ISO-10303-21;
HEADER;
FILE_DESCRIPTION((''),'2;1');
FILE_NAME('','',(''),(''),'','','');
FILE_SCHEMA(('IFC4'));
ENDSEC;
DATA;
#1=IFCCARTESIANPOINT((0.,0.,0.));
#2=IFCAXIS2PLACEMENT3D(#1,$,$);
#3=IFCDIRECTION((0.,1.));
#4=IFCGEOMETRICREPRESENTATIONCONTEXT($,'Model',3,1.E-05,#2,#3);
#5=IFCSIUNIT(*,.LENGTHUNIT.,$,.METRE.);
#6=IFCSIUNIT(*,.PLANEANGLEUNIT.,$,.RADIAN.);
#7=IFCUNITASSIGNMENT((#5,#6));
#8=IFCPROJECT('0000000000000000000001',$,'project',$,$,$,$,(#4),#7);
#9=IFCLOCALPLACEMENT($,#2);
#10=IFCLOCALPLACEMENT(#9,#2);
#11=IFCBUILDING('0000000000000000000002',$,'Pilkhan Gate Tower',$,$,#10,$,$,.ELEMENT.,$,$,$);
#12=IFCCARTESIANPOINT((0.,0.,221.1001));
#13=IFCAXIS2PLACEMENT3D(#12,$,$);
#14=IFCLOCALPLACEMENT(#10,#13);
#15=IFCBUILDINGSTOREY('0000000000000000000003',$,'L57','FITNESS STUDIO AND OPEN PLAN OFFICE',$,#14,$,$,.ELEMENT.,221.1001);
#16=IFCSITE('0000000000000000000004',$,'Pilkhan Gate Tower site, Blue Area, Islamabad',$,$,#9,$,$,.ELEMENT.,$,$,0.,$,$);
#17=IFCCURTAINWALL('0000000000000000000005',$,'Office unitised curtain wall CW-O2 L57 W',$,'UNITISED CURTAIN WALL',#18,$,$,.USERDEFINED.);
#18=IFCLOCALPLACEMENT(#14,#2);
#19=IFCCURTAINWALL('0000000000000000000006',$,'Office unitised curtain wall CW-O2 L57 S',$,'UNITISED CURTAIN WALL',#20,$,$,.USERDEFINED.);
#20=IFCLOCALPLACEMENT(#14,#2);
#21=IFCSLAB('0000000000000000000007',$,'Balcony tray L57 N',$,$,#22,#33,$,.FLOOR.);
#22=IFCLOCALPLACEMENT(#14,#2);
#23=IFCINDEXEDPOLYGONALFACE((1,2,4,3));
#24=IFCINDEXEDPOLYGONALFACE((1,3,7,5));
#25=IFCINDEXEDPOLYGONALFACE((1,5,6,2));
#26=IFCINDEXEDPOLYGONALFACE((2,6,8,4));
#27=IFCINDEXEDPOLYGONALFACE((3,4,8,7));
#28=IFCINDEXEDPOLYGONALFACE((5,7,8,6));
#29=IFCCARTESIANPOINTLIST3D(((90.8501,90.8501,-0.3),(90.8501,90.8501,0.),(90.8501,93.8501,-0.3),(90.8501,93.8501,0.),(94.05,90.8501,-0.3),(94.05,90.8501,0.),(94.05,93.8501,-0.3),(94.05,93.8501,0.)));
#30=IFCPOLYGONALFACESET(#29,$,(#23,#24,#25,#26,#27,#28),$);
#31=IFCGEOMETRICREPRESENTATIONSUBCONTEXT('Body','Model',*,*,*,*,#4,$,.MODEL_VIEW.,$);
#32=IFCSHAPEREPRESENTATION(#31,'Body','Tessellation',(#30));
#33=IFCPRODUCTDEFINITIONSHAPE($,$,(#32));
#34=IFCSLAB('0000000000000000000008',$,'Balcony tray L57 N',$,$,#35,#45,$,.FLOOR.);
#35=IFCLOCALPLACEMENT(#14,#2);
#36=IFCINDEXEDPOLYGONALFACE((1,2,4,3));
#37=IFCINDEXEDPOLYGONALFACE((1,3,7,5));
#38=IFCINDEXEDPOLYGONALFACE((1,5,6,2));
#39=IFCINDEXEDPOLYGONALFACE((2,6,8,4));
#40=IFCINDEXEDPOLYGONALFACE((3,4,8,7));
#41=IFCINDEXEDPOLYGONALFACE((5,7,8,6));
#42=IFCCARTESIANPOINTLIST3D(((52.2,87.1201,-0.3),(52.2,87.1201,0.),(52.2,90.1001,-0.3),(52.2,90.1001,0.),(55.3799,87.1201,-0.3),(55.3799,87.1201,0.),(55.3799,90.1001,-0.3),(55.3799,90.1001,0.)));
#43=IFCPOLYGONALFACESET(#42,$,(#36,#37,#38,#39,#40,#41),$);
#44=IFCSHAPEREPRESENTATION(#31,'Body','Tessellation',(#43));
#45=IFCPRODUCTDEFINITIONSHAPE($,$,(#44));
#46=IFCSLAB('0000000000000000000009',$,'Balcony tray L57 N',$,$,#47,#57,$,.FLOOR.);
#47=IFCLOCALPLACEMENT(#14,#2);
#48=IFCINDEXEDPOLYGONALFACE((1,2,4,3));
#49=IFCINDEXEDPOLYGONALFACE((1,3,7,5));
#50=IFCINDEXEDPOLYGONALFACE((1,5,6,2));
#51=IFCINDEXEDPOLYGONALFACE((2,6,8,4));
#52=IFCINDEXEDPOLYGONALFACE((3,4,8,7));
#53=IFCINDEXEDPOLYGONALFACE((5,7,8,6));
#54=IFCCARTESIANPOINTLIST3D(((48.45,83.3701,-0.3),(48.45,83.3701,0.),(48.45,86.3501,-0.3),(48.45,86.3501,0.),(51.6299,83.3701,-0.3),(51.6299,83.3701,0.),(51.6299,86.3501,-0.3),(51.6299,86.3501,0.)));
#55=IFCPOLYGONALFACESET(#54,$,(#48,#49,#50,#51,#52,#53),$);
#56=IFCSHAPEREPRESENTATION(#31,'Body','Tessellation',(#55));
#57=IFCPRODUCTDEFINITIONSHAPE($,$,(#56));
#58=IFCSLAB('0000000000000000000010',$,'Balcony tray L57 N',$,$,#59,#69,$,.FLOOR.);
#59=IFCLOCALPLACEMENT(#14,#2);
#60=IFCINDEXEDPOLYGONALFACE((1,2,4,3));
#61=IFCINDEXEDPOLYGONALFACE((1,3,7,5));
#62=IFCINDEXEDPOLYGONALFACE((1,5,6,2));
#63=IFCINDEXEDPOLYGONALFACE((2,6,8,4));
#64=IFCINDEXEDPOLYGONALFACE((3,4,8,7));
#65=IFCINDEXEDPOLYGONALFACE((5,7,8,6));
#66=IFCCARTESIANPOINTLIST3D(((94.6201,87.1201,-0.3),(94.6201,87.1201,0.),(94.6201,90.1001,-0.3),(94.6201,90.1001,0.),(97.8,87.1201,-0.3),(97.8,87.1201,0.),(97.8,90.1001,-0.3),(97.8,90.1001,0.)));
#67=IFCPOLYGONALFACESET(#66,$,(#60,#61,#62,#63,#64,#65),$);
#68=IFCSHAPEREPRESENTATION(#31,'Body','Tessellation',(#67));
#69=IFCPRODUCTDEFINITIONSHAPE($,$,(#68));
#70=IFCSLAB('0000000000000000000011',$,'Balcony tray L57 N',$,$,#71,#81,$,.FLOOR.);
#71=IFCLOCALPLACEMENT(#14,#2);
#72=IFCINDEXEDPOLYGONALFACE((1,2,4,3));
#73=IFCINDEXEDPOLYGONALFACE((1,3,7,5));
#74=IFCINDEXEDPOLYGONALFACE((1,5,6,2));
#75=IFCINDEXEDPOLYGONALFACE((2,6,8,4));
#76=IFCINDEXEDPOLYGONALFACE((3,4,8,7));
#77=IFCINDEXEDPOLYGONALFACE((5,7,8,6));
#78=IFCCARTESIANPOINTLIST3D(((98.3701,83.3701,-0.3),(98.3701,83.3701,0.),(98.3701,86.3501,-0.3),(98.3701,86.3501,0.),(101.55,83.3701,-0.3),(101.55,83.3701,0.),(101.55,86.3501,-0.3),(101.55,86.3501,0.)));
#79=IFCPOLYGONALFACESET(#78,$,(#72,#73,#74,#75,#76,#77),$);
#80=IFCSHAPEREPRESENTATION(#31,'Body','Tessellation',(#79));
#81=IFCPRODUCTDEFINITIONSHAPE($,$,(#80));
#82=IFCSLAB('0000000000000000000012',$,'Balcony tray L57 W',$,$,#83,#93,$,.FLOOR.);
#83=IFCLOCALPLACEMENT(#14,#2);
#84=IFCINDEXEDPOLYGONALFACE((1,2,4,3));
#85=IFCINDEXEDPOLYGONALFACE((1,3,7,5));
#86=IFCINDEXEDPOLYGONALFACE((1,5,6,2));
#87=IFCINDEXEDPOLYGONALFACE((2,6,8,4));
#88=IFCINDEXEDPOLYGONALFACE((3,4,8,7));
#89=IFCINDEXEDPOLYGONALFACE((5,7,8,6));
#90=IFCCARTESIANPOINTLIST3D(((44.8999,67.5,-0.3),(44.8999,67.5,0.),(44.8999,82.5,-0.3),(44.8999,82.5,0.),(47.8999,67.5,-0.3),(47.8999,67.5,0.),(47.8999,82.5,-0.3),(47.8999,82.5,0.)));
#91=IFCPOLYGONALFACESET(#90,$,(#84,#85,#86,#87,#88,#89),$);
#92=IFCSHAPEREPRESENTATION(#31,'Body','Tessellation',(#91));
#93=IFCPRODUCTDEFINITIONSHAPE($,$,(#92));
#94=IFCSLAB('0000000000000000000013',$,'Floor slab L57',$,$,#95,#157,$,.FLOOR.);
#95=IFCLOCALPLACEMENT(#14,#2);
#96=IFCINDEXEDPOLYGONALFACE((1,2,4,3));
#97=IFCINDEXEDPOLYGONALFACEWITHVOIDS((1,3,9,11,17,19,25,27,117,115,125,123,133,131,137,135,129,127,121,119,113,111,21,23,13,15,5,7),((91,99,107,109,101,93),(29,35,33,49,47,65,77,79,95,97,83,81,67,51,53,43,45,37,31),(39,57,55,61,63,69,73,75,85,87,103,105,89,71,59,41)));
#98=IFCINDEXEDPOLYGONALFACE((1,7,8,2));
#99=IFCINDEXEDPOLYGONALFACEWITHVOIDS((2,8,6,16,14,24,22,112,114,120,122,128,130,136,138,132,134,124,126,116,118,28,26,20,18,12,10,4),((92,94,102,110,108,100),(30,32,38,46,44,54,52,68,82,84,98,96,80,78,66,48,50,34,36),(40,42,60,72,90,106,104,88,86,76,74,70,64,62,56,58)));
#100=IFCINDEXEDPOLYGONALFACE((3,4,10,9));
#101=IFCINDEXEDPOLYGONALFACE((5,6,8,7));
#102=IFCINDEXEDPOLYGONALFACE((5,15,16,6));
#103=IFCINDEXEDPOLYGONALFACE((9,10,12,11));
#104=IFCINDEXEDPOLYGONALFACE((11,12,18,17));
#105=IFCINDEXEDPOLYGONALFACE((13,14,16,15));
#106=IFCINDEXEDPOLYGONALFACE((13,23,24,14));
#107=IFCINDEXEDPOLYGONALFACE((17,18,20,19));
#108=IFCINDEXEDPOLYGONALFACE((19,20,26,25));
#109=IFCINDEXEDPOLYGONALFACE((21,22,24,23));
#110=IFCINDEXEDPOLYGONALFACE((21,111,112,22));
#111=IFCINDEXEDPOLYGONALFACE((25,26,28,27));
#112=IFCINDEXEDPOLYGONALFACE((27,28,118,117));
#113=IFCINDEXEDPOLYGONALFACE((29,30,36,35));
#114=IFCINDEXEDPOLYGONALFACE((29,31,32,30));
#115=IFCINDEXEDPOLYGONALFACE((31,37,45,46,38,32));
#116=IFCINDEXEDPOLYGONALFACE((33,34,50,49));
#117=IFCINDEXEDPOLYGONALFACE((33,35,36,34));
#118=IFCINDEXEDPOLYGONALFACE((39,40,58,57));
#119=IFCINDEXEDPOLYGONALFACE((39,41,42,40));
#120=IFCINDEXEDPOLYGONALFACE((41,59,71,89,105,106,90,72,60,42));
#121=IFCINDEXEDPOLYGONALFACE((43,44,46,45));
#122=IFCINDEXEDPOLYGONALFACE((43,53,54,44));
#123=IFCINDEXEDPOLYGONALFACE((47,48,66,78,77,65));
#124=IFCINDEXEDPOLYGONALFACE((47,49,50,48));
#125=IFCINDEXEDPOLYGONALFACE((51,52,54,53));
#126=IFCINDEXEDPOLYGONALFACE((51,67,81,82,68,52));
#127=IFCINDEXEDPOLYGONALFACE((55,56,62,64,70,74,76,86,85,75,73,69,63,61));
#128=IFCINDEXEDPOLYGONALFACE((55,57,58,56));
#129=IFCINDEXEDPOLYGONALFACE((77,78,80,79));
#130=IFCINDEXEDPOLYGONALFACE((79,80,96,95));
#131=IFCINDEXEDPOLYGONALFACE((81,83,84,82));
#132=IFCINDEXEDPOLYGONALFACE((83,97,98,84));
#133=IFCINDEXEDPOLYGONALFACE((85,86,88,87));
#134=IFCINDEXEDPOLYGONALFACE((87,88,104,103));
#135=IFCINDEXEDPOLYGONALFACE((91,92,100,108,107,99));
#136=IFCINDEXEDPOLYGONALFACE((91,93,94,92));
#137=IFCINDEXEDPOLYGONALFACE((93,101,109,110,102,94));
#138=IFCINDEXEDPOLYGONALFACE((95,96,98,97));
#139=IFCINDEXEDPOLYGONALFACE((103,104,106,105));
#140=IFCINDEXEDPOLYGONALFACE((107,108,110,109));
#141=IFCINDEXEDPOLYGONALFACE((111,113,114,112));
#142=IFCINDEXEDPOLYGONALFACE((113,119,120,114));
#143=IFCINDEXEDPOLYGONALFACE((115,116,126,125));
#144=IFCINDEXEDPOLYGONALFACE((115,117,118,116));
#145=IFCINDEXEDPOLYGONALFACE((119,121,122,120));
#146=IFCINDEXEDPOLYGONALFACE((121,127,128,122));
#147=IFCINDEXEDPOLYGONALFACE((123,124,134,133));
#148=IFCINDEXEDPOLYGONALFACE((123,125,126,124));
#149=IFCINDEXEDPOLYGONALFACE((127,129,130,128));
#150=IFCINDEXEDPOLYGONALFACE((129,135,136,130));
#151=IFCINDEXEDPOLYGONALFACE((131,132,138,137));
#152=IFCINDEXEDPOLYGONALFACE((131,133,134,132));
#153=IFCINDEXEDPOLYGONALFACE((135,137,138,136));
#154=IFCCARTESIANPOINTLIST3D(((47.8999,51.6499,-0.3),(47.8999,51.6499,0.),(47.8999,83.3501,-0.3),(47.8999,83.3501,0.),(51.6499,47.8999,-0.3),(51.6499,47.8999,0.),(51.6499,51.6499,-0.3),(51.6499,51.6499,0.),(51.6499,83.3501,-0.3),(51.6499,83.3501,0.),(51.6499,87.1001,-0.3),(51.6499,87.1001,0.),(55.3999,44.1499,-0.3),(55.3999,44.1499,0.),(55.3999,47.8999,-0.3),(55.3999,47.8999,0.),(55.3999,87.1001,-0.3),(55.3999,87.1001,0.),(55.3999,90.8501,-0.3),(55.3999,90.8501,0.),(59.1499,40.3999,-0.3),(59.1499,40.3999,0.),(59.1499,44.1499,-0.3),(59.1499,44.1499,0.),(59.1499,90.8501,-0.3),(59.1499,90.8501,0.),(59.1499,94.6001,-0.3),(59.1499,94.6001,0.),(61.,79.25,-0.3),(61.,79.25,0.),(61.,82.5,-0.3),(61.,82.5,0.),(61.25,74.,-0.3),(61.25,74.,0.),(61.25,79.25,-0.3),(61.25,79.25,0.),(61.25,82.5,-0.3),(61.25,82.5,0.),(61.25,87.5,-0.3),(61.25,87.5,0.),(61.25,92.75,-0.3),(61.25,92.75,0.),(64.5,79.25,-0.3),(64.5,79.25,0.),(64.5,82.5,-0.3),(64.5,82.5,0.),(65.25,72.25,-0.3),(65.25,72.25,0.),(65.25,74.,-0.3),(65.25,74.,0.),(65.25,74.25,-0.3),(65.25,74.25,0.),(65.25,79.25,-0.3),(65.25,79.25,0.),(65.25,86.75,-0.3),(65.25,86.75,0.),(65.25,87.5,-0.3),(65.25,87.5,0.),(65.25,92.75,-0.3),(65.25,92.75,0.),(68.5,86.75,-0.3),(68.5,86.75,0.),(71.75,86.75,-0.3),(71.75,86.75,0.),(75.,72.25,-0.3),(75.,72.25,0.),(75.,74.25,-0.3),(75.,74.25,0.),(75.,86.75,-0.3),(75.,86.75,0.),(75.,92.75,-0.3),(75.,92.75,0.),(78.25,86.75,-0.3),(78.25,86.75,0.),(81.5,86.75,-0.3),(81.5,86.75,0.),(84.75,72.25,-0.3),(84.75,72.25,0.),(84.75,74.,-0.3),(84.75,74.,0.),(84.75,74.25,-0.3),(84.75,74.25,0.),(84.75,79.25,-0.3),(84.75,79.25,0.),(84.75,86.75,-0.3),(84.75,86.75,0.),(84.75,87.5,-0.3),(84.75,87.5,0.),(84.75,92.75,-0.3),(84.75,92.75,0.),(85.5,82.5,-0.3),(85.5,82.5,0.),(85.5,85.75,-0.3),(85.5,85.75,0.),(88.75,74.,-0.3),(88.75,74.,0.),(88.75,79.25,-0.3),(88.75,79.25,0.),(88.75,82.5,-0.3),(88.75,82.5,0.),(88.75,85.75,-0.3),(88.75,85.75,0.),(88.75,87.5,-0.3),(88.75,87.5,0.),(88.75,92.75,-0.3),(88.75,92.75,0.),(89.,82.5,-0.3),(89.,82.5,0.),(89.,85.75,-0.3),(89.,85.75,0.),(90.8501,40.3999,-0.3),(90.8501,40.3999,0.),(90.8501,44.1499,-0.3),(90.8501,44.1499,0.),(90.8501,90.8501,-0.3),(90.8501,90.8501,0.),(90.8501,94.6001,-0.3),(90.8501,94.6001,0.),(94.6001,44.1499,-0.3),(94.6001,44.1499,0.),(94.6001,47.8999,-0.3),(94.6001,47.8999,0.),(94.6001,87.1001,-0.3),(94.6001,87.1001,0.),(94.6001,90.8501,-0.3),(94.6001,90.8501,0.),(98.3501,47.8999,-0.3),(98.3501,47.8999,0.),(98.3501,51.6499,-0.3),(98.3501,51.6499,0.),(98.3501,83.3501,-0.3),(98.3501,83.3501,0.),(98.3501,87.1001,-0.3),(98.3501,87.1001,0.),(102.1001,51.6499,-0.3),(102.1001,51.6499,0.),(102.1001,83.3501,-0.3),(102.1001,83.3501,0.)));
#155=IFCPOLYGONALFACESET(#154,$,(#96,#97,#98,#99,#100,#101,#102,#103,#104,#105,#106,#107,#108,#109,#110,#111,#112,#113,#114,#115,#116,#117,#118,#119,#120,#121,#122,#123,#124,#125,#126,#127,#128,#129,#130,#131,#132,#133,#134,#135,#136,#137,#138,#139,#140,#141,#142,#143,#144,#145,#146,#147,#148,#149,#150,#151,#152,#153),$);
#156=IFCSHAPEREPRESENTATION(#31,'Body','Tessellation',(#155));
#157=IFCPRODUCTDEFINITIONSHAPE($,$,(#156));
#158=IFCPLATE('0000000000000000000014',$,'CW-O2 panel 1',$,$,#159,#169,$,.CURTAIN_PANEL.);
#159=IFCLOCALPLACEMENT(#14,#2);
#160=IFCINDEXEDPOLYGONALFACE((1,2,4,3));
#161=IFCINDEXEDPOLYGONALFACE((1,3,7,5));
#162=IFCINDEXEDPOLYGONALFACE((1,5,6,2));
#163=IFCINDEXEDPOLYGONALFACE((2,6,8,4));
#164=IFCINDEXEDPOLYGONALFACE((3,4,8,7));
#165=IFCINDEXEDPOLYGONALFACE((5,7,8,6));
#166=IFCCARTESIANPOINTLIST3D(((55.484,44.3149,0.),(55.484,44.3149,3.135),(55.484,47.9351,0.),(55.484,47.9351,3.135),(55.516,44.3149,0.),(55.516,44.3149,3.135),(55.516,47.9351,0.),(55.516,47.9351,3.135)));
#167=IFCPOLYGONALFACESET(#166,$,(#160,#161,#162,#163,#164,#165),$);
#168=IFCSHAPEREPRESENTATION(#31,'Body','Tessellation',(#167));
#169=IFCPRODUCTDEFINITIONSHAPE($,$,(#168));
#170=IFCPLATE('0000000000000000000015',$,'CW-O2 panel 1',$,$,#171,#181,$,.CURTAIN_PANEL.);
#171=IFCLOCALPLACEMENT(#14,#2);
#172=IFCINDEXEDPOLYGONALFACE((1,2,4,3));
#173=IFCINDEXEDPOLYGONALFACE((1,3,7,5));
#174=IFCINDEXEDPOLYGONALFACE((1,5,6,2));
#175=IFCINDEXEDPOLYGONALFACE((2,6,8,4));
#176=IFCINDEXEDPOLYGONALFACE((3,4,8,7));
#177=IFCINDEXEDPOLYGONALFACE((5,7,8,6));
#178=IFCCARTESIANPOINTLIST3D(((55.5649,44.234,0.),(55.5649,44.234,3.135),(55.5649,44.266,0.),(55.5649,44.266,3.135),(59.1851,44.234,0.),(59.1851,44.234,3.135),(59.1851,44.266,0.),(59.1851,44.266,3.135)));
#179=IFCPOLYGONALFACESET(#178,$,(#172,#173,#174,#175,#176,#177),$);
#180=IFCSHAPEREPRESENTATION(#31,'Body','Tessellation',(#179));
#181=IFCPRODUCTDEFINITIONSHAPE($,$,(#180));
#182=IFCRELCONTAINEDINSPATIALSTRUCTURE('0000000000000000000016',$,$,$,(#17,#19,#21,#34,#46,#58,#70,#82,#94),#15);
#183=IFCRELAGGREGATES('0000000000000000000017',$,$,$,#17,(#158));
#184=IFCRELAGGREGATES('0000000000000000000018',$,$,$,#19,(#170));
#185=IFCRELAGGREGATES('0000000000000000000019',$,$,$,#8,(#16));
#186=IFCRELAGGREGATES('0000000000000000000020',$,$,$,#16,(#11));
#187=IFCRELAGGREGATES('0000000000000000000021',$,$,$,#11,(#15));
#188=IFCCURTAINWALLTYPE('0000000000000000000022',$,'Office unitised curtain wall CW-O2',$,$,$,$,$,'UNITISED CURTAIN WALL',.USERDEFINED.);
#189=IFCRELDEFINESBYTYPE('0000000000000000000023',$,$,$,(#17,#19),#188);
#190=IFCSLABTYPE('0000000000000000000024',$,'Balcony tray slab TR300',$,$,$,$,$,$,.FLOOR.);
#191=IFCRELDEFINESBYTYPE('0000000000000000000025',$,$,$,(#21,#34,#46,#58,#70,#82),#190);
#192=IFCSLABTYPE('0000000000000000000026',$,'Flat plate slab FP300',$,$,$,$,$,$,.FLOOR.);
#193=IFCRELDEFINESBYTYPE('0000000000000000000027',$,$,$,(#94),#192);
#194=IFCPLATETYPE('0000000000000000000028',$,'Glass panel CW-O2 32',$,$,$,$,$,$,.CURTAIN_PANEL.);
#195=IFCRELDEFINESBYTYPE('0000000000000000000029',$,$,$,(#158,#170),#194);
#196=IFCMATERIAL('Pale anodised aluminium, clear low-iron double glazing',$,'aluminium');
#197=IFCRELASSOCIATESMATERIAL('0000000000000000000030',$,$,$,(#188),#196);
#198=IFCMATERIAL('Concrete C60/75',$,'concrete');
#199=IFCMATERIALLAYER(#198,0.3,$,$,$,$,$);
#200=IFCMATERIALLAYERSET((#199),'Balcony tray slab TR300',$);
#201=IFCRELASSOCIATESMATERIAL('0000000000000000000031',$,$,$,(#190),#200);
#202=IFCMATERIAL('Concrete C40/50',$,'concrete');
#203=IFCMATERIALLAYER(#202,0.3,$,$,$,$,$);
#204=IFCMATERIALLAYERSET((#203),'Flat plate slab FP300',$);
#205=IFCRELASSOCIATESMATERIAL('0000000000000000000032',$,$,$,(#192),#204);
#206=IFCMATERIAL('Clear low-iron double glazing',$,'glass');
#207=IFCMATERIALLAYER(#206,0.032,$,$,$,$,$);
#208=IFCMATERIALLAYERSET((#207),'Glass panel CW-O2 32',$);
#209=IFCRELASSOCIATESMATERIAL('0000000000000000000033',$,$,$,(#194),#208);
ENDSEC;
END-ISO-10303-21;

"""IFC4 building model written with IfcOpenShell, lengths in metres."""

from ifc_helpers import new_model, si_unit, direction, frame, origin, origin_2d, place, context, subcontext, project, spatial, polyline, rectangle, outline, extrude, material, layer, layer_set, type_object, element, aggregate, save


model = new_model("IFC4")

# Units and contexts
model_context = context("Model", 3, precision=1e-05, world=origin(), true_north=direction((0.0, 1.0)))
body_context = subcontext(model_context, "Body", "Model", "MODEL_VIEW")
ifc_project = project(units=[si_unit("LENGTHUNIT", "METRE"), si_unit("PLANEANGLEUNIT", "RADIAN")], contexts=[model_context])

# Site, building, storey
site_placement = place(None, origin())
site = spatial("IfcSite", under=ifc_project, at=site_placement, Name="Pilkhan Gate Tower site, Blue Area, Islamabad", CompositionType="ELEMENT", RefElevation=0.0)
building_placement = place(site_placement, origin())
building = spatial("IfcBuilding", under=site, at=building_placement, Name="Pilkhan Gate Tower", CompositionType="ELEMENT")
storey_placement = place(building_placement, frame((0.0, 0.0, 221.1001)))
storey = spatial("IfcBuildingStorey", under=building, at=storey_placement, Name="L57", Description="FITNESS STUDIO AND OPEN PLAN OFFICE", CompositionType="ELEMENT", Elevation=221.1001)

# Curtain wall
ifc_material_1 = material(Name="Pale anodised aluminium, clear low-iron double glazing", Category="aluminium")
curtain_wall_type = type_object("IfcCurtainWallType", Name="Office unitised curtain wall CW-O2", ElementType="UNITISED CURTAIN WALL", PredefinedType="USERDEFINED", material=ifc_material_1)
curtain_wall_1_placement = place(storey_placement, origin())
curtain_wall_1 = element("IfcCurtainWall", 1, at=curtain_wall_1_placement, inside=storey, type_object=curtain_wall_type, Name="Office unitised curtain wall CW-O2 L57 W", ObjectType="UNITISED CURTAIN WALL", PredefinedType="USERDEFINED")

# Curtain wall
curtain_wall_2_placement = place(storey_placement, origin())
curtain_wall_2 = element("IfcCurtainWall", 2, at=curtain_wall_2_placement, inside=storey, type_object=curtain_wall_type, Name="Office unitised curtain wall CW-O2 L57 S", ObjectType="UNITISED CURTAIN WALL", PredefinedType="USERDEFINED")

# Slabs
ifc_material_2 = material(Name="Concrete C60/75", Category="concrete")
ifc_layer_1 = layer(ifc_material_2, 0.3)
ifc_layer_set_1 = layer_set([ifc_layer_1], Name="Balcony tray slab TR300")
slab_type_1 = type_object("IfcSlabType", Name="Balcony tray slab TR300", PredefinedType="FLOOR", material=ifc_layer_set_1)
slab_1_placement = place(storey_placement, frame((0.0, 0.0, -0.3)))
element("IfcSlab", 3, at=slab_1_placement, inside=storey, type_object=slab_type_1, Name="Balcony tray L57 N", PredefinedType="FLOOR", context=body_context, shape_type="SweptSolid", body=[
    extrude(outline(polyline([(94.05, 90.8501), (94.05, 93.8501), (90.8501, 93.8501), (90.8501, 90.8501), (94.05, 90.8501)])), origin(), (0.0, 0.0, 1.0), 0.3),
])
slab_2_placement = place(storey_placement, frame((0.0, 0.0, -0.3)))
element("IfcSlab", 4, at=slab_2_placement, inside=storey, type_object=slab_type_1, Name="Balcony tray L57 N", PredefinedType="FLOOR", context=body_context, shape_type="SweptSolid", body=[
    extrude(outline(polyline([(55.3799, 87.1201), (55.3799, 90.1001), (52.2, 90.1001), (52.2, 87.1201), (55.3799, 87.1201)])), origin(), (0.0, 0.0, 1.0), 0.3),
])
slab_3_placement = place(storey_placement, frame((0.0, 0.0, -0.3)))
element("IfcSlab", 5, at=slab_3_placement, inside=storey, type_object=slab_type_1, Name="Balcony tray L57 N", PredefinedType="FLOOR", context=body_context, shape_type="SweptSolid", body=[
    extrude(outline(polyline([(51.6299, 83.3701), (51.6299, 86.3501), (48.45, 86.3501), (48.45, 83.3701), (51.6299, 83.3701)])), origin(), (0.0, 0.0, 1.0), 0.3),
])
slab_4_placement = place(storey_placement, frame((0.0, 0.0, -0.3)))
element("IfcSlab", 6, at=slab_4_placement, inside=storey, type_object=slab_type_1, Name="Balcony tray L57 N", PredefinedType="FLOOR", context=body_context, shape_type="SweptSolid", body=[
    extrude(outline(polyline([(97.8, 87.1201), (97.8, 90.1001), (94.6201, 90.1001), (94.6201, 87.1201), (97.8, 87.1201)])), origin(), (0.0, 0.0, 1.0), 0.3),
])
slab_5_placement = place(storey_placement, frame((0.0, 0.0, -0.3)))
element("IfcSlab", 7, at=slab_5_placement, inside=storey, type_object=slab_type_1, Name="Balcony tray L57 N", PredefinedType="FLOOR", context=body_context, shape_type="SweptSolid", body=[
    extrude(outline(polyline([(101.55, 83.3701), (101.55, 86.3501), (98.3701, 86.3501), (98.3701, 83.3701), (101.55, 83.3701)])), origin(), (0.0, 0.0, 1.0), 0.3),
])
slab_6_placement = place(storey_placement, frame((0.0, 0.0, -0.3)))
element("IfcSlab", 8, at=slab_6_placement, inside=storey, type_object=slab_type_1, Name="Balcony tray L57 W", PredefinedType="FLOOR", context=body_context, shape_type="SweptSolid", body=[
    extrude(outline(polyline([(47.8999, 67.5), (47.8999, 82.5), (44.8999, 82.5), (44.8999, 67.5), (47.8999, 67.5)])), origin(), (0.0, 0.0, 1.0), 0.3),
])
ifc_material_3 = material(Name="Concrete C40/50", Category="concrete")
ifc_layer_2 = layer(ifc_material_3, 0.3)
ifc_layer_set_2 = layer_set([ifc_layer_2], Name="Flat plate slab FP300")
slab_type_2 = type_object("IfcSlabType", Name="Flat plate slab FP300", PredefinedType="FLOOR", material=ifc_layer_set_2)
slab_7_placement = place(storey_placement, frame((0.0, 0.0, -0.3)))
element("IfcSlab", 9, at=slab_7_placement, inside=storey, type_object=slab_type_2, Name="Floor slab L57", PredefinedType="FLOOR", context=body_context, shape_type="SweptSolid", body=[
    extrude(outline(polyline([(98.3501, 47.8999), (94.6001, 47.8999), (94.6001, 44.1499), (90.8501, 44.1499), (90.8501, 40.3999), (59.1499, 40.3999), (59.1499, 44.1499), (55.3999, 44.1499), (55.3999, 47.8999), (51.6499, 47.8999), (51.6499, 51.6499), (47.8999, 51.6499), (47.8999, 83.3501), (51.6499, 83.3501), (51.6499, 87.1001), (55.3999, 87.1001), (55.3999, 90.8501), (59.1499, 90.8501), (59.1499, 94.6001), (90.8501, 94.6001), (90.8501, 90.8501), (94.6001, 90.8501), (94.6001, 87.1001), (98.3501, 87.1001), (98.3501, 83.3501), (102.1001, 83.3501), (102.1001, 51.6499), (98.3501, 51.6499), (98.3501, 47.8999)]), holes=[polyline([(75.0, 72.25), (84.75, 72.25), (84.75, 74.0), (88.75, 74.0), (88.75, 79.25), (84.75, 79.25), (84.75, 74.25), (75.0, 74.25), (65.25, 74.25), (65.25, 79.25), (64.5, 79.25), (64.5, 82.5), (61.25, 82.5), (61.0, 82.5), (61.0, 79.25), (61.25, 79.25), (61.25, 74.0), (65.25, 74.0), (65.25, 72.25), (75.0, 72.25)]), polyline([(68.5, 86.75), (71.75, 86.75), (75.0, 86.75), (78.25, 86.75), (81.5, 86.75), (84.75, 86.75), (84.75, 87.5), (88.75, 87.5), (88.75, 92.75), (84.75, 92.75), (75.0, 92.75), (65.25, 92.75), (61.25, 92.75), (61.25, 87.5), (65.25, 87.5), (65.25, 86.75), (68.5, 86.75)]), polyline([(85.5, 85.75), (85.5, 82.5), (88.75, 82.5), (89.0, 82.5), (89.0, 85.75), (88.75, 85.75), (85.5, 85.75)])]), origin(), (0.0, 0.0, 1.0), 0.3),
])

# Plates
ifc_material_4 = material(Name="Clear low-iron double glazing", Category="glass")
ifc_layer_3 = layer(ifc_material_4, 0.032)
ifc_layer_set_3 = layer_set([ifc_layer_3], Name="Glass panel CW-O2 32")
plate_type = type_object("IfcPlateType", Name="Glass panel CW-O2 32", PredefinedType="CURTAIN_PANEL", material=ifc_layer_set_3)
plate_1_placement = place(storey_placement, frame((55.5, 46.125, 0.0), z_axis=(0.0, 0.0, 1.0), x_axis=(0.0, 1.0, 0.0)))
plate_1 = element("IfcPlate", 10, at=plate_1_placement, type_object=plate_type, Name="CW-O2 panel 1", PredefinedType="CURTAIN_PANEL", context=body_context, shape_type="SweptSolid", body=[
    extrude(rectangle(XDim=3.6201, YDim=0.032, at=origin_2d()), origin(), (0.0, 0.0, 1.0), 3.135),
])
aggregate(curtain_wall_1, [plate_1])
plate_2_placement = place(storey_placement, frame((57.375, 44.25, 0.0), z_axis=(0.0, 0.0, 1.0), x_axis=(1.0, 0.0, 0.0)))
plate_2 = element("IfcPlate", 11, at=plate_2_placement, type_object=plate_type, Name="CW-O2 panel 1", PredefinedType="CURTAIN_PANEL", context=body_context, shape_type="SweptSolid", body=[
    extrude(rectangle(XDim=3.6201, YDim=0.032, at=origin_2d()), origin(), (0.0, 0.0, 1.0), 3.135),
])
aggregate(curtain_wall_2, [plate_2])

save(model, "model.ifc")
